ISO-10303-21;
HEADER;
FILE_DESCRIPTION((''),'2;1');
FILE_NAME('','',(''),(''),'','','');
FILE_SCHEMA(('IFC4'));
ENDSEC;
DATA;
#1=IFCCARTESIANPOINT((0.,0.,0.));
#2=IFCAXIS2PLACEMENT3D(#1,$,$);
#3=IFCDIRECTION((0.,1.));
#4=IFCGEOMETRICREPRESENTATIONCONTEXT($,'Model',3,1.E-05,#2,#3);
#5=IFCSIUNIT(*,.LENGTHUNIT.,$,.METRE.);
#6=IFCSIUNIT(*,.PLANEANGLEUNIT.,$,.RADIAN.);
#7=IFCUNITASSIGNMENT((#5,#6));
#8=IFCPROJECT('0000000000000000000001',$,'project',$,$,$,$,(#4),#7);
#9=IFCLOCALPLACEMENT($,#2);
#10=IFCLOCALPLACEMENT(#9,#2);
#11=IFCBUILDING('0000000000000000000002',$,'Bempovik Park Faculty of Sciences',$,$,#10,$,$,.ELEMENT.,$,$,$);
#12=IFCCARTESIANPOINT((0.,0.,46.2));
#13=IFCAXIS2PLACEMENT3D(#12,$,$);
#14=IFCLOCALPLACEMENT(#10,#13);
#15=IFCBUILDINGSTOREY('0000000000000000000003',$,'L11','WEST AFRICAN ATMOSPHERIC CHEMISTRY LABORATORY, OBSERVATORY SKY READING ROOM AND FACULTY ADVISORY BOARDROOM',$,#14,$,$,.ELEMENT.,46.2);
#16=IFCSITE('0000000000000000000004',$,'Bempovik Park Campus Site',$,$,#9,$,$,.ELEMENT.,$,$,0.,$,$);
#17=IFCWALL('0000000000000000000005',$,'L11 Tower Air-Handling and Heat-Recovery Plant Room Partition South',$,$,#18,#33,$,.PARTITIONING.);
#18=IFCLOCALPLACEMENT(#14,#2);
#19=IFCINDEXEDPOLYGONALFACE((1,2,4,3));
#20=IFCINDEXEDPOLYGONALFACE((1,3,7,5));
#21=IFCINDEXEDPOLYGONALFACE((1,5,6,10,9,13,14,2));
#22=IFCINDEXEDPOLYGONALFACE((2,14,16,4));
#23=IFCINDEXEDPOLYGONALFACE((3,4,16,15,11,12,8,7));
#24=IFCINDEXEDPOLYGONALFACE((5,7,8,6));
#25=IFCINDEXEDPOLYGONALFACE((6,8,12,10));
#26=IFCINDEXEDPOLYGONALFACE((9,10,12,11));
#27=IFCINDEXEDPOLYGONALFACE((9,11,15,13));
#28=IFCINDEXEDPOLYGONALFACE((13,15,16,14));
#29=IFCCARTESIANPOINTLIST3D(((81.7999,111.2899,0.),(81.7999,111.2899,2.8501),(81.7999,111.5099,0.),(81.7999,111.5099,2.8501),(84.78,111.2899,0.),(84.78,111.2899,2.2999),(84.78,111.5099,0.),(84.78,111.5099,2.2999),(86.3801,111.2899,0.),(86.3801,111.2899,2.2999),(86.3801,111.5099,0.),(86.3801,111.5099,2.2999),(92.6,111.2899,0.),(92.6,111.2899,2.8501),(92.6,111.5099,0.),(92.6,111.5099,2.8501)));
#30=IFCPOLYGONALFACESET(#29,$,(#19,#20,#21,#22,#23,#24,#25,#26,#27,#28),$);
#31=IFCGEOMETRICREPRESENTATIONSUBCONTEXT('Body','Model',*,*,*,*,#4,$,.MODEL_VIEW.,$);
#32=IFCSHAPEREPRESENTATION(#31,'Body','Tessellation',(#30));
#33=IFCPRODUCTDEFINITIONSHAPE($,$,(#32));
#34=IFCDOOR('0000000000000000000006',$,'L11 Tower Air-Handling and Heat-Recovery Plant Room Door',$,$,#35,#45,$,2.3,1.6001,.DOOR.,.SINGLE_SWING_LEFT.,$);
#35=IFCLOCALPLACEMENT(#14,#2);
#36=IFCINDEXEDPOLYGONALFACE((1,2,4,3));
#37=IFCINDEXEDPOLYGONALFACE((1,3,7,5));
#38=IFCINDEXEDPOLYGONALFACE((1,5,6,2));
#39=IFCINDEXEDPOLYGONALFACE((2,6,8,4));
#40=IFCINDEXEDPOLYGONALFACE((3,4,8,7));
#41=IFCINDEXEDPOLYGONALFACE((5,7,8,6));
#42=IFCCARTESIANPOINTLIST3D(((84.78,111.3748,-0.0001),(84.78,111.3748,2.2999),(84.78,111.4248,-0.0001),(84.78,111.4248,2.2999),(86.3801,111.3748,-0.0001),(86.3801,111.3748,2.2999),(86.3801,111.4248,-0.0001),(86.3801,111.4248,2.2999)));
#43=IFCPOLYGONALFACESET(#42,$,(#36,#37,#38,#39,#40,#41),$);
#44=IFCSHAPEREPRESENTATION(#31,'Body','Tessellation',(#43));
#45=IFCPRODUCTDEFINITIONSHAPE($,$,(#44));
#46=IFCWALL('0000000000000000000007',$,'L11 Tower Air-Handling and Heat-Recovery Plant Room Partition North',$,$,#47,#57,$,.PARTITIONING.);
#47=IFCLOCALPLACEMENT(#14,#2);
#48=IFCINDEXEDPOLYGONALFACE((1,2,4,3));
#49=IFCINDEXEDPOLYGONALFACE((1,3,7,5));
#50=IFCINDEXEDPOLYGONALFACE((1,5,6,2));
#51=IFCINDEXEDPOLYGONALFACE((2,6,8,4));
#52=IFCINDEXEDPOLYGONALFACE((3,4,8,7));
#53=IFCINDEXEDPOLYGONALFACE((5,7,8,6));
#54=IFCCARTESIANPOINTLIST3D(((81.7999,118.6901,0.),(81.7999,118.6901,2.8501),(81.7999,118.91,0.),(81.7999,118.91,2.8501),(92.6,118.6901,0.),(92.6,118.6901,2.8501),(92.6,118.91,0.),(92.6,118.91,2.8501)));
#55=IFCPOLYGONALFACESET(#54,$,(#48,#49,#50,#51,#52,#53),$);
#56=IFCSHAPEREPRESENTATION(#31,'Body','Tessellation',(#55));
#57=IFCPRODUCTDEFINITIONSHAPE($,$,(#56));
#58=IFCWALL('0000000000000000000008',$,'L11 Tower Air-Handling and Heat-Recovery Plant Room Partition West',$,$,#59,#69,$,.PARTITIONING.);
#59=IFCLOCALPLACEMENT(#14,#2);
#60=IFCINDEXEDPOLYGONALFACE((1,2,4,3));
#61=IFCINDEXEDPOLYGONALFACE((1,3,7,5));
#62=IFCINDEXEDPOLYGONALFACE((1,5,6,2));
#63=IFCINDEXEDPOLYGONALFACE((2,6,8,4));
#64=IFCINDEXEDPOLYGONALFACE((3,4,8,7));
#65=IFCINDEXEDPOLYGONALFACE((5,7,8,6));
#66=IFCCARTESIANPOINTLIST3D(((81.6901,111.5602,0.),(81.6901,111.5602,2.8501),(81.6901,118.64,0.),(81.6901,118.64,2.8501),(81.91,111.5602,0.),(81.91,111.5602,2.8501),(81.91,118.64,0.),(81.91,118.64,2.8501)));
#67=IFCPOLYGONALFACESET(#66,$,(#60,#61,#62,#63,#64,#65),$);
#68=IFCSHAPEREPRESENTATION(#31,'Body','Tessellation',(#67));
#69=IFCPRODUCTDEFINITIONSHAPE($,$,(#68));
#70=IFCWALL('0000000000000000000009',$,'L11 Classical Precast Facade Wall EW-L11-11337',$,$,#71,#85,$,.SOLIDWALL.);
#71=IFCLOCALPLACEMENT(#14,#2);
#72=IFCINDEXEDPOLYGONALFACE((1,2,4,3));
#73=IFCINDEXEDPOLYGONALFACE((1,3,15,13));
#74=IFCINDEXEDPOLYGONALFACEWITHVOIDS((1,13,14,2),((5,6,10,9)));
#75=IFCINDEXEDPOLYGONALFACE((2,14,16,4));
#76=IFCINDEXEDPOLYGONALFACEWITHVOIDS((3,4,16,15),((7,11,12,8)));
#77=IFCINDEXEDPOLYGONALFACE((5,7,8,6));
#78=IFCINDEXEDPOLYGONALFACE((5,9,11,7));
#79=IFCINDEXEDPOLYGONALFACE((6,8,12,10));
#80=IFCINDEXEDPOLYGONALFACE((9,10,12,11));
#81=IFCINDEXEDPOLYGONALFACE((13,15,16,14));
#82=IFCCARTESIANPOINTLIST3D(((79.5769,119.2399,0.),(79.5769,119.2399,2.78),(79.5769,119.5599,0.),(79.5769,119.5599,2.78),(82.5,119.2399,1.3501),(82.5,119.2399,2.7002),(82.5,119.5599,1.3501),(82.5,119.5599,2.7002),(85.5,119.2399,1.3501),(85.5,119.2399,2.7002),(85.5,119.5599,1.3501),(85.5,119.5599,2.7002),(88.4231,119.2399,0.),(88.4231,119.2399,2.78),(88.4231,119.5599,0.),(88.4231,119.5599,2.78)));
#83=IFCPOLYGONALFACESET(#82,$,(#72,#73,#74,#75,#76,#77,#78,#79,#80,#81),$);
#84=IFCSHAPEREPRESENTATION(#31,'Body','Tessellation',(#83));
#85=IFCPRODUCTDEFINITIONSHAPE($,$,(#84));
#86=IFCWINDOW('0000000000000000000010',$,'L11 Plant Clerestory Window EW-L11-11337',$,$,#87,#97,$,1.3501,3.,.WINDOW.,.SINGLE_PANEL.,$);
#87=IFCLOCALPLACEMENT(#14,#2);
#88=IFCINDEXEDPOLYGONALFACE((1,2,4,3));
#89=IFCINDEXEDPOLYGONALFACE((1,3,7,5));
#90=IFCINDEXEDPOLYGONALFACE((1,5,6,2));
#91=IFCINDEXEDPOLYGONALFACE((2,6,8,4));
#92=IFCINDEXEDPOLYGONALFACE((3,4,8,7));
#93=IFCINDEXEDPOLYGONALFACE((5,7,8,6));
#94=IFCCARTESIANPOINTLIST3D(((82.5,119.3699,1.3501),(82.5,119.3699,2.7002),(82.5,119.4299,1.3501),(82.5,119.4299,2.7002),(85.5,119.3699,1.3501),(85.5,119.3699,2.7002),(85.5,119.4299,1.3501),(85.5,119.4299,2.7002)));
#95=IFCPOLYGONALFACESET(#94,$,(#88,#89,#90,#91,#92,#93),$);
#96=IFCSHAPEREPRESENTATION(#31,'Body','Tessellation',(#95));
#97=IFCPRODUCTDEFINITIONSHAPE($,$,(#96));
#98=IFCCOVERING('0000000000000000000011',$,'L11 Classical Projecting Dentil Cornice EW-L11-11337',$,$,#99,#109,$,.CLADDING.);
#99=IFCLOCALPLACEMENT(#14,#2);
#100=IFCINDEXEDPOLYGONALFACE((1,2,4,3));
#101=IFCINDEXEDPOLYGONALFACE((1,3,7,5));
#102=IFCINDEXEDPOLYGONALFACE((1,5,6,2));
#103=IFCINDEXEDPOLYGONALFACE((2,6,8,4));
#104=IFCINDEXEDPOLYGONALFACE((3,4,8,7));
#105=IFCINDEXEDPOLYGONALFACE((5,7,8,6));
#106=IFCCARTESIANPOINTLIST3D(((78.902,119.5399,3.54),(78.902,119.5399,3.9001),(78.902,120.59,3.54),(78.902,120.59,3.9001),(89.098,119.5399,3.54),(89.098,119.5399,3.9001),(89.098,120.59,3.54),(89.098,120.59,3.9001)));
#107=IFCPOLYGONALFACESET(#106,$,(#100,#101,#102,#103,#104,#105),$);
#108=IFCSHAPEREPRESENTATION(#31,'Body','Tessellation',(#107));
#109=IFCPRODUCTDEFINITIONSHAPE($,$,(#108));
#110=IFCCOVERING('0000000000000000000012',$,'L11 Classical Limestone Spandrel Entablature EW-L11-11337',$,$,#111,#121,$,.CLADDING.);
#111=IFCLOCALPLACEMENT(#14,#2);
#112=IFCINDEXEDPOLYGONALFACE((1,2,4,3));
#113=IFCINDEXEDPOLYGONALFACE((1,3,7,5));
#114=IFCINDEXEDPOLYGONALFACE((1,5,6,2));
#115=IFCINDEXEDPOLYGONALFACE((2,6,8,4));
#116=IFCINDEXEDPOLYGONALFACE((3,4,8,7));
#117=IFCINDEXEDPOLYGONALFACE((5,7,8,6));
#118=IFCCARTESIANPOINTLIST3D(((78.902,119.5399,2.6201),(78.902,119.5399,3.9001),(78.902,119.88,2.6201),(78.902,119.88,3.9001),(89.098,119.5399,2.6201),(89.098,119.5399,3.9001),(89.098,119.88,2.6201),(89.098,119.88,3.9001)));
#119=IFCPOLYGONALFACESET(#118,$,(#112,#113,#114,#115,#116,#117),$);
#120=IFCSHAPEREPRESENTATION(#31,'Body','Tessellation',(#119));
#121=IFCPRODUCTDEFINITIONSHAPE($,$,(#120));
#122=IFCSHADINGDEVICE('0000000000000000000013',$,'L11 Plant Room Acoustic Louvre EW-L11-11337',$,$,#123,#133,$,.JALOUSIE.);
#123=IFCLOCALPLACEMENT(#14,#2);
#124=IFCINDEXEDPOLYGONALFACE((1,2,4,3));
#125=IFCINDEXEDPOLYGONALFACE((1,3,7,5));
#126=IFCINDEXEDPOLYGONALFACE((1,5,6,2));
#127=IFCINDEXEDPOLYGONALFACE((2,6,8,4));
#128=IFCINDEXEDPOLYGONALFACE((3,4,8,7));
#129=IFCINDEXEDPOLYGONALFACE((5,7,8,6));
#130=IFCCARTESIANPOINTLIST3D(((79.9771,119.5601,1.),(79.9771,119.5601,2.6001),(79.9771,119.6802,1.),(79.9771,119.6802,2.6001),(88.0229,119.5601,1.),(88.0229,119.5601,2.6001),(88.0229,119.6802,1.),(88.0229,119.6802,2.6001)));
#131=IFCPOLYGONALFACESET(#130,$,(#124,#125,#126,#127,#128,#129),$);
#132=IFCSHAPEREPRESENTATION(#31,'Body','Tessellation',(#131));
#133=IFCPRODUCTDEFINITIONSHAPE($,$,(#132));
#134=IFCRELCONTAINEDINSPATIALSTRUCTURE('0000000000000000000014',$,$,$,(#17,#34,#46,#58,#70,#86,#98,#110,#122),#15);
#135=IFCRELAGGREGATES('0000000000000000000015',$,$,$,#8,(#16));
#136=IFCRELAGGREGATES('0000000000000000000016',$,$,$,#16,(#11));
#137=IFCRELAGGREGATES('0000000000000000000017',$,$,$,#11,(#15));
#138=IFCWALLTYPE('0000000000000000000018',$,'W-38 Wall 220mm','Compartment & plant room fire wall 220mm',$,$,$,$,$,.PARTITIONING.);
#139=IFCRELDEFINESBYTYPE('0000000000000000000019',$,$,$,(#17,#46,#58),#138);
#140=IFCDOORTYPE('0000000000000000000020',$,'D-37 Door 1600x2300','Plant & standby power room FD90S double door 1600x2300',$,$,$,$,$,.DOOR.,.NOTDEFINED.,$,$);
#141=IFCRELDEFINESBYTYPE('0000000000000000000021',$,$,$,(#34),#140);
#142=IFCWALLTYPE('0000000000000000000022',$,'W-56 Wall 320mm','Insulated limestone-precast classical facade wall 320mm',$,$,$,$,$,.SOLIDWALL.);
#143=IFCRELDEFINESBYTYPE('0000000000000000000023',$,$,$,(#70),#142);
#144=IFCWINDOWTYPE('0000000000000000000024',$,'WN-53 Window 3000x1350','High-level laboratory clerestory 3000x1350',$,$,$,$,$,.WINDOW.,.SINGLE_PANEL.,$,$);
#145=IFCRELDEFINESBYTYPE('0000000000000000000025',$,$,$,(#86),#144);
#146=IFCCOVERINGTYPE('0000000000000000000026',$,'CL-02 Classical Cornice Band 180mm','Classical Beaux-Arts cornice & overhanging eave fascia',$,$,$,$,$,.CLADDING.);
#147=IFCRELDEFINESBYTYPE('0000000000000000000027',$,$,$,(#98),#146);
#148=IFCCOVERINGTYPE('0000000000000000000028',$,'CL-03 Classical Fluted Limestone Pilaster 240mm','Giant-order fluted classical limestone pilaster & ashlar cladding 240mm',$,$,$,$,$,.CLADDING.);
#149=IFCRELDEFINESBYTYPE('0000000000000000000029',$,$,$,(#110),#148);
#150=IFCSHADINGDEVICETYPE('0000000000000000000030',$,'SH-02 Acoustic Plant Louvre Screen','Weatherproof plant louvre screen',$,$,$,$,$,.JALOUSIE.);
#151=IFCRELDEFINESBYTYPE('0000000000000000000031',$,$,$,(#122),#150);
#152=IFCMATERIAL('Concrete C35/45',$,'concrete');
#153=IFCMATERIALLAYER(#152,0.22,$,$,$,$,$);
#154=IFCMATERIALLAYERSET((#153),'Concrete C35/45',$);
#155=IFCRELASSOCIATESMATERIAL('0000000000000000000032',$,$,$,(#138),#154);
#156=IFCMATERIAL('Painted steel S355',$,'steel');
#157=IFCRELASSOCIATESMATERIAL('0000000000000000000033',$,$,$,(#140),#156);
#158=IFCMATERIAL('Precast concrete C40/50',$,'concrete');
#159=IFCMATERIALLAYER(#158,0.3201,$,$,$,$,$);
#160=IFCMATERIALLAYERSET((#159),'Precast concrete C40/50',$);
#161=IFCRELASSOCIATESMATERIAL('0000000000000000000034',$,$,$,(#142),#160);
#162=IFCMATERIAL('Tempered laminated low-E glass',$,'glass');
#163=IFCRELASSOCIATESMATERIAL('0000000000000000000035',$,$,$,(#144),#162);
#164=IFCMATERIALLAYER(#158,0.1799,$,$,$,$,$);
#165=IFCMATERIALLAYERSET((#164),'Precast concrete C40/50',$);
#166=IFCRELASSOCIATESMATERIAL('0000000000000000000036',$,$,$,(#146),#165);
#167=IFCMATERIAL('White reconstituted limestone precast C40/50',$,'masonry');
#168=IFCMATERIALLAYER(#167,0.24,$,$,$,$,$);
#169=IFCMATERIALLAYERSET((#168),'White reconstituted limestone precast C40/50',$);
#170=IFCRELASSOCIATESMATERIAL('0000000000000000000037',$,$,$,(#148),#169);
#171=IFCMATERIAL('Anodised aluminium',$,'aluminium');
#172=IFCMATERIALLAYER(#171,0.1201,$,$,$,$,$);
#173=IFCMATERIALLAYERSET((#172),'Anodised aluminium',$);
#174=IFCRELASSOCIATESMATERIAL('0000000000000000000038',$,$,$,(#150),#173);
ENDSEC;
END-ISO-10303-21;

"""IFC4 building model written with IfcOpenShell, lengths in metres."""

from ifc_helpers import new_model, si_unit, direction, frame, frame_2d, origin, origin_2d, place, context, subcontext, project, spatial, rectangle, extrude, material, layer, layer_set, type_object, element, fill, save


model = new_model("IFC4")

# Units and contexts
model_context = context("Model", 3, precision=1e-05, world=origin(), true_north=direction((0.0, 1.0)))
body_context = subcontext(model_context, "Body", "Model", "MODEL_VIEW")
ifc_project = project(units=[si_unit("LENGTHUNIT", "METRE"), si_unit("PLANEANGLEUNIT", "RADIAN")], contexts=[model_context])

# Site, building, storey
site_placement = place(None, origin())
site = spatial("IfcSite", under=ifc_project, at=site_placement, Name="Bempovik Park Campus Site", CompositionType="ELEMENT", RefElevation=0.0)
building_placement = place(site_placement, origin())
building = spatial("IfcBuilding", under=site, at=building_placement, Name="Bempovik Park Faculty of Sciences", CompositionType="ELEMENT")
storey_placement = place(building_placement, frame((0.0, 0.0, 46.2)))
storey = spatial("IfcBuildingStorey", under=building, at=storey_placement, Name="L11", Description="WEST AFRICAN ATMOSPHERIC CHEMISTRY LABORATORY, OBSERVATORY SKY READING ROOM AND FACULTY ADVISORY BOARDROOM", CompositionType="ELEMENT", Elevation=46.2)

# Shared definitions
ifc_material_1 = material(Name="Concrete C35/45", Category="concrete")

# Wall, opening, door
ifc_layer_1 = layer(ifc_material_1, 0.22)
ifc_layer_set_1 = layer_set([ifc_layer_1], Name="Concrete C35/45")
wall_type_1 = type_object("IfcWallType", Name="W-38 Wall 220mm", Description="Compartment & plant room fire wall 220mm", PredefinedType="PARTITIONING", material=ifc_layer_set_1)
wall_1_placement = place(storey_placement, frame((81.8, 111.3999, 0.0), z_axis=(0.0, 0.0, 1.0), x_axis=(1.0, 0.0, 0.0)))
wall_1 = element("IfcWall", 1, at=wall_1_placement, inside=storey, type_object=wall_type_1, Name="L11 Tower Air-Handling and Heat-Recovery Plant Room Partition South", PredefinedType="PARTITIONING", context=body_context, shape_type="SweptSolid", body=[
    extrude(rectangle(XDim=10.8, YDim=0.22, at=frame_2d((5.3999, 0.0))), origin(), (0.0, 0.0, 1.0), 2.8501),
])
opening_1_placement = place(wall_1_placement, frame((2.98, 0.0, 0.0)))
opening_1 = element("IfcOpeningElement", 2, at=opening_1_placement, cuts=wall_1, PredefinedType="OPENING", context=body_context, shape_type="SweptSolid", body=[
    extrude(rectangle(XDim=1.6001, YDim=2.3, at=frame_2d((0.8, 1.1499))), frame((0.0, 0.1201, 0.0), z_axis=(0.0, -1.0, 0.0), x_axis=(1.0, 0.0, 0.0)), (0.0, 0.0, 1.0), 0.24),
])
ifc_material_2 = material(Name="Painted steel S355", Category="steel")
door_type = type_object("IfcDoorType", Name="D-37 Door 1600x2300", Description="Plant & standby power room FD90S double door 1600x2300", OperationType="NOTDEFINED", PredefinedType="DOOR", material=ifc_material_2)
door_placement = place(opening_1_placement, origin())
door = element("IfcDoor", 3, at=door_placement, inside=storey, type_object=door_type, Name="L11 Tower Air-Handling and Heat-Recovery Plant Room Door", OperationType="SINGLE_SWING_LEFT", OverallHeight=2.3, OverallWidth=1.6001, PredefinedType="DOOR", context=body_context, shape_type="SweptSolid", body=[
    extrude(rectangle(XDim=1.6001, YDim=2.3, at=frame_2d((0.8, 1.1499))), frame((0.0, 0.0249, 0.0), z_axis=(0.0, -1.0, 0.0), x_axis=(1.0, 0.0, 0.0)), (0.0, 0.0, 1.0), 0.05),
])
fill(opening_1, door)

# Walls
wall_2_placement = place(storey_placement, frame((81.8, 118.8, 0.0), z_axis=(0.0, 0.0, 1.0), x_axis=(1.0, 0.0, 0.0)))
element("IfcWall", 4, at=wall_2_placement, inside=storey, type_object=wall_type_1, Name="L11 Tower Air-Handling and Heat-Recovery Plant Room Partition North", PredefinedType="PARTITIONING", context=body_context, shape_type="SweptSolid", body=[
    extrude(rectangle(XDim=10.8, YDim=0.22, at=frame_2d((5.3999, 0.0))), origin(), (0.0, 0.0, 1.0), 2.8501),
])
wall_3_placement = place(storey_placement, frame((81.8, 111.5601, 0.0), z_axis=(0.0, 0.0, 1.0), x_axis=(0.0, 1.0, 0.0)))
element("IfcWall", 5, at=wall_3_placement, inside=storey, type_object=wall_type_1, Name="L11 Tower Air-Handling and Heat-Recovery Plant Room Partition West", PredefinedType="PARTITIONING", context=body_context, shape_type="SweptSolid", body=[
    extrude(rectangle(XDim=7.0798, YDim=0.22, at=frame_2d((3.54, 0.0))), origin(), (0.0, 0.0, 1.0), 2.8501),
])

# Wall, opening, window
ifc_material_3 = material(Name="Precast concrete C40/50", Category="concrete")
ifc_layer_2 = layer(ifc_material_3, 0.3201)
ifc_layer_set_2 = layer_set([ifc_layer_2], Name="Precast concrete C40/50")
wall_type_2 = type_object("IfcWallType", Name="W-56 Wall 320mm", Description="Insulated limestone-precast classical facade wall 320mm", PredefinedType="SOLIDWALL", material=ifc_layer_set_2)
wall_4_placement = place(storey_placement, frame((79.5769, 119.3999, 0.0), z_axis=(0.0, 0.0, 1.0), x_axis=(1.0, 0.0, 0.0)))
wall_4 = element("IfcWall", 6, at=wall_4_placement, inside=storey, type_object=wall_type_2, Name="L11 Classical Precast Facade Wall EW-L11-11337", PredefinedType="SOLIDWALL", context=body_context, shape_type="SweptSolid", body=[
    extrude(rectangle(XDim=8.8462, YDim=0.3201, at=frame_2d((4.4231, 0.0))), origin(), (0.0, 0.0, 1.0), 2.78),
])
opening_2_placement = place(wall_4_placement, frame((2.9231, 0.0, 1.3501)))
opening_2 = element("IfcOpeningElement", 7, at=opening_2_placement, cuts=wall_4, PredefinedType="OPENING", context=body_context, shape_type="SweptSolid", body=[
    extrude(rectangle(XDim=3.0, YDim=1.3501, at=frame_2d((1.5, 0.675))), frame((0.0, 0.1699, 0.0), z_axis=(0.0, -1.0, 0.0), x_axis=(1.0, 0.0, 0.0)), (0.0, 0.0, 1.0), 0.3401),
])
ifc_material_4 = material(Name="Tempered laminated low-E glass", Category="glass")
window_type = type_object("IfcWindowType", Name="WN-53 Window 3000x1350", Description="High-level laboratory clerestory 3000x1350", PartitioningType="SINGLE_PANEL", PredefinedType="WINDOW", material=ifc_material_4)
window_placement = place(opening_2_placement, origin())
window = element("IfcWindow", 8, at=window_placement, inside=storey, type_object=window_type, Name="L11 Plant Clerestory Window EW-L11-11337", OverallHeight=1.3501, OverallWidth=3.0, PartitioningType="SINGLE_PANEL", PredefinedType="WINDOW", context=body_context, shape_type="SweptSolid", body=[
    extrude(rectangle(XDim=3.0, YDim=1.3501, at=frame_2d((1.5, 0.675))), frame((0.0, 0.03, 0.0), z_axis=(0.0, -1.0, 0.0), x_axis=(1.0, 0.0, 0.0)), (0.0, 0.0, 1.0), 0.0601),
])
fill(opening_2, window)

# Coverings
ifc_layer_3 = layer(ifc_material_3, 0.1799)
ifc_layer_set_3 = layer_set([ifc_layer_3], Name="Precast concrete C40/50")
covering_type_1 = type_object("IfcCoveringType", Name="CL-02 Classical Cornice Band 180mm", Description="Classical Beaux-Arts cornice & overhanging eave fascia", PredefinedType="CLADDING", material=ifc_layer_set_3)
covering_1_placement = place(storey_placement, frame((84.0, 120.0649, 3.54), z_axis=(0.0, 0.0, 1.0), x_axis=(1.0, 0.0, 0.0)))
element("IfcCovering", 9, at=covering_1_placement, inside=storey, type_object=covering_type_1, Name="L11 Classical Projecting Dentil Cornice EW-L11-11337", PredefinedType="CLADDING", context=body_context, shape_type="SweptSolid", body=[
    extrude(rectangle(XDim=10.196, YDim=1.05, at=origin_2d()), origin(), (0.0, 0.0, 1.0), 0.3601),
])
ifc_material_5 = material(Name="White reconstituted limestone precast C40/50", Category="masonry")
ifc_layer_4 = layer(ifc_material_5, 0.24)
ifc_layer_set_4 = layer_set([ifc_layer_4], Name="White reconstituted limestone precast C40/50")
covering_type_2 = type_object("IfcCoveringType", Name="CL-03 Classical Fluted Limestone Pilaster 240mm", Description="Giant-order fluted classical limestone pilaster & ashlar cladding 240mm", PredefinedType="CLADDING", material=ifc_layer_set_4)
covering_2_placement = place(storey_placement, frame((84.0, 119.71, 2.6201), z_axis=(0.0, 0.0, 1.0), x_axis=(1.0, 0.0, 0.0)))
element("IfcCovering", 10, at=covering_2_placement, inside=storey, type_object=covering_type_2, Name="L11 Classical Limestone Spandrel Entablature EW-L11-11337", PredefinedType="CLADDING", context=body_context, shape_type="SweptSolid", body=[
    extrude(rectangle(XDim=10.196, YDim=0.3401, at=origin_2d()), origin(), (0.0, 0.0, 1.0), 1.28),
])

# Shading device
ifc_material_6 = material(Name="Anodised aluminium", Category="aluminium")
ifc_layer_5 = layer(ifc_material_6, 0.1201)
ifc_layer_set_5 = layer_set([ifc_layer_5], Name="Anodised aluminium")
shading_device_type = type_object("IfcShadingDeviceType", Name="SH-02 Acoustic Plant Louvre Screen", Description="Weatherproof plant louvre screen", PredefinedType="JALOUSIE", material=ifc_layer_set_5)
shading_device_placement = place(storey_placement, frame((84.0, 119.6201, 1.0), z_axis=(0.0, 0.0, 1.0), x_axis=(1.0, 0.0, 0.0)))
element("IfcShadingDevice", 11, at=shading_device_placement, inside=storey, type_object=shading_device_type, Name="L11 Plant Room Acoustic Louvre EW-L11-11337", PredefinedType="JALOUSIE", context=body_context, shape_type="SweptSolid", body=[
    extrude(rectangle(XDim=8.0459, YDim=0.1201, at=origin_2d()), origin(), (0.0, 0.0, 1.0), 1.6001),
])

save(model, "model.ifc")
